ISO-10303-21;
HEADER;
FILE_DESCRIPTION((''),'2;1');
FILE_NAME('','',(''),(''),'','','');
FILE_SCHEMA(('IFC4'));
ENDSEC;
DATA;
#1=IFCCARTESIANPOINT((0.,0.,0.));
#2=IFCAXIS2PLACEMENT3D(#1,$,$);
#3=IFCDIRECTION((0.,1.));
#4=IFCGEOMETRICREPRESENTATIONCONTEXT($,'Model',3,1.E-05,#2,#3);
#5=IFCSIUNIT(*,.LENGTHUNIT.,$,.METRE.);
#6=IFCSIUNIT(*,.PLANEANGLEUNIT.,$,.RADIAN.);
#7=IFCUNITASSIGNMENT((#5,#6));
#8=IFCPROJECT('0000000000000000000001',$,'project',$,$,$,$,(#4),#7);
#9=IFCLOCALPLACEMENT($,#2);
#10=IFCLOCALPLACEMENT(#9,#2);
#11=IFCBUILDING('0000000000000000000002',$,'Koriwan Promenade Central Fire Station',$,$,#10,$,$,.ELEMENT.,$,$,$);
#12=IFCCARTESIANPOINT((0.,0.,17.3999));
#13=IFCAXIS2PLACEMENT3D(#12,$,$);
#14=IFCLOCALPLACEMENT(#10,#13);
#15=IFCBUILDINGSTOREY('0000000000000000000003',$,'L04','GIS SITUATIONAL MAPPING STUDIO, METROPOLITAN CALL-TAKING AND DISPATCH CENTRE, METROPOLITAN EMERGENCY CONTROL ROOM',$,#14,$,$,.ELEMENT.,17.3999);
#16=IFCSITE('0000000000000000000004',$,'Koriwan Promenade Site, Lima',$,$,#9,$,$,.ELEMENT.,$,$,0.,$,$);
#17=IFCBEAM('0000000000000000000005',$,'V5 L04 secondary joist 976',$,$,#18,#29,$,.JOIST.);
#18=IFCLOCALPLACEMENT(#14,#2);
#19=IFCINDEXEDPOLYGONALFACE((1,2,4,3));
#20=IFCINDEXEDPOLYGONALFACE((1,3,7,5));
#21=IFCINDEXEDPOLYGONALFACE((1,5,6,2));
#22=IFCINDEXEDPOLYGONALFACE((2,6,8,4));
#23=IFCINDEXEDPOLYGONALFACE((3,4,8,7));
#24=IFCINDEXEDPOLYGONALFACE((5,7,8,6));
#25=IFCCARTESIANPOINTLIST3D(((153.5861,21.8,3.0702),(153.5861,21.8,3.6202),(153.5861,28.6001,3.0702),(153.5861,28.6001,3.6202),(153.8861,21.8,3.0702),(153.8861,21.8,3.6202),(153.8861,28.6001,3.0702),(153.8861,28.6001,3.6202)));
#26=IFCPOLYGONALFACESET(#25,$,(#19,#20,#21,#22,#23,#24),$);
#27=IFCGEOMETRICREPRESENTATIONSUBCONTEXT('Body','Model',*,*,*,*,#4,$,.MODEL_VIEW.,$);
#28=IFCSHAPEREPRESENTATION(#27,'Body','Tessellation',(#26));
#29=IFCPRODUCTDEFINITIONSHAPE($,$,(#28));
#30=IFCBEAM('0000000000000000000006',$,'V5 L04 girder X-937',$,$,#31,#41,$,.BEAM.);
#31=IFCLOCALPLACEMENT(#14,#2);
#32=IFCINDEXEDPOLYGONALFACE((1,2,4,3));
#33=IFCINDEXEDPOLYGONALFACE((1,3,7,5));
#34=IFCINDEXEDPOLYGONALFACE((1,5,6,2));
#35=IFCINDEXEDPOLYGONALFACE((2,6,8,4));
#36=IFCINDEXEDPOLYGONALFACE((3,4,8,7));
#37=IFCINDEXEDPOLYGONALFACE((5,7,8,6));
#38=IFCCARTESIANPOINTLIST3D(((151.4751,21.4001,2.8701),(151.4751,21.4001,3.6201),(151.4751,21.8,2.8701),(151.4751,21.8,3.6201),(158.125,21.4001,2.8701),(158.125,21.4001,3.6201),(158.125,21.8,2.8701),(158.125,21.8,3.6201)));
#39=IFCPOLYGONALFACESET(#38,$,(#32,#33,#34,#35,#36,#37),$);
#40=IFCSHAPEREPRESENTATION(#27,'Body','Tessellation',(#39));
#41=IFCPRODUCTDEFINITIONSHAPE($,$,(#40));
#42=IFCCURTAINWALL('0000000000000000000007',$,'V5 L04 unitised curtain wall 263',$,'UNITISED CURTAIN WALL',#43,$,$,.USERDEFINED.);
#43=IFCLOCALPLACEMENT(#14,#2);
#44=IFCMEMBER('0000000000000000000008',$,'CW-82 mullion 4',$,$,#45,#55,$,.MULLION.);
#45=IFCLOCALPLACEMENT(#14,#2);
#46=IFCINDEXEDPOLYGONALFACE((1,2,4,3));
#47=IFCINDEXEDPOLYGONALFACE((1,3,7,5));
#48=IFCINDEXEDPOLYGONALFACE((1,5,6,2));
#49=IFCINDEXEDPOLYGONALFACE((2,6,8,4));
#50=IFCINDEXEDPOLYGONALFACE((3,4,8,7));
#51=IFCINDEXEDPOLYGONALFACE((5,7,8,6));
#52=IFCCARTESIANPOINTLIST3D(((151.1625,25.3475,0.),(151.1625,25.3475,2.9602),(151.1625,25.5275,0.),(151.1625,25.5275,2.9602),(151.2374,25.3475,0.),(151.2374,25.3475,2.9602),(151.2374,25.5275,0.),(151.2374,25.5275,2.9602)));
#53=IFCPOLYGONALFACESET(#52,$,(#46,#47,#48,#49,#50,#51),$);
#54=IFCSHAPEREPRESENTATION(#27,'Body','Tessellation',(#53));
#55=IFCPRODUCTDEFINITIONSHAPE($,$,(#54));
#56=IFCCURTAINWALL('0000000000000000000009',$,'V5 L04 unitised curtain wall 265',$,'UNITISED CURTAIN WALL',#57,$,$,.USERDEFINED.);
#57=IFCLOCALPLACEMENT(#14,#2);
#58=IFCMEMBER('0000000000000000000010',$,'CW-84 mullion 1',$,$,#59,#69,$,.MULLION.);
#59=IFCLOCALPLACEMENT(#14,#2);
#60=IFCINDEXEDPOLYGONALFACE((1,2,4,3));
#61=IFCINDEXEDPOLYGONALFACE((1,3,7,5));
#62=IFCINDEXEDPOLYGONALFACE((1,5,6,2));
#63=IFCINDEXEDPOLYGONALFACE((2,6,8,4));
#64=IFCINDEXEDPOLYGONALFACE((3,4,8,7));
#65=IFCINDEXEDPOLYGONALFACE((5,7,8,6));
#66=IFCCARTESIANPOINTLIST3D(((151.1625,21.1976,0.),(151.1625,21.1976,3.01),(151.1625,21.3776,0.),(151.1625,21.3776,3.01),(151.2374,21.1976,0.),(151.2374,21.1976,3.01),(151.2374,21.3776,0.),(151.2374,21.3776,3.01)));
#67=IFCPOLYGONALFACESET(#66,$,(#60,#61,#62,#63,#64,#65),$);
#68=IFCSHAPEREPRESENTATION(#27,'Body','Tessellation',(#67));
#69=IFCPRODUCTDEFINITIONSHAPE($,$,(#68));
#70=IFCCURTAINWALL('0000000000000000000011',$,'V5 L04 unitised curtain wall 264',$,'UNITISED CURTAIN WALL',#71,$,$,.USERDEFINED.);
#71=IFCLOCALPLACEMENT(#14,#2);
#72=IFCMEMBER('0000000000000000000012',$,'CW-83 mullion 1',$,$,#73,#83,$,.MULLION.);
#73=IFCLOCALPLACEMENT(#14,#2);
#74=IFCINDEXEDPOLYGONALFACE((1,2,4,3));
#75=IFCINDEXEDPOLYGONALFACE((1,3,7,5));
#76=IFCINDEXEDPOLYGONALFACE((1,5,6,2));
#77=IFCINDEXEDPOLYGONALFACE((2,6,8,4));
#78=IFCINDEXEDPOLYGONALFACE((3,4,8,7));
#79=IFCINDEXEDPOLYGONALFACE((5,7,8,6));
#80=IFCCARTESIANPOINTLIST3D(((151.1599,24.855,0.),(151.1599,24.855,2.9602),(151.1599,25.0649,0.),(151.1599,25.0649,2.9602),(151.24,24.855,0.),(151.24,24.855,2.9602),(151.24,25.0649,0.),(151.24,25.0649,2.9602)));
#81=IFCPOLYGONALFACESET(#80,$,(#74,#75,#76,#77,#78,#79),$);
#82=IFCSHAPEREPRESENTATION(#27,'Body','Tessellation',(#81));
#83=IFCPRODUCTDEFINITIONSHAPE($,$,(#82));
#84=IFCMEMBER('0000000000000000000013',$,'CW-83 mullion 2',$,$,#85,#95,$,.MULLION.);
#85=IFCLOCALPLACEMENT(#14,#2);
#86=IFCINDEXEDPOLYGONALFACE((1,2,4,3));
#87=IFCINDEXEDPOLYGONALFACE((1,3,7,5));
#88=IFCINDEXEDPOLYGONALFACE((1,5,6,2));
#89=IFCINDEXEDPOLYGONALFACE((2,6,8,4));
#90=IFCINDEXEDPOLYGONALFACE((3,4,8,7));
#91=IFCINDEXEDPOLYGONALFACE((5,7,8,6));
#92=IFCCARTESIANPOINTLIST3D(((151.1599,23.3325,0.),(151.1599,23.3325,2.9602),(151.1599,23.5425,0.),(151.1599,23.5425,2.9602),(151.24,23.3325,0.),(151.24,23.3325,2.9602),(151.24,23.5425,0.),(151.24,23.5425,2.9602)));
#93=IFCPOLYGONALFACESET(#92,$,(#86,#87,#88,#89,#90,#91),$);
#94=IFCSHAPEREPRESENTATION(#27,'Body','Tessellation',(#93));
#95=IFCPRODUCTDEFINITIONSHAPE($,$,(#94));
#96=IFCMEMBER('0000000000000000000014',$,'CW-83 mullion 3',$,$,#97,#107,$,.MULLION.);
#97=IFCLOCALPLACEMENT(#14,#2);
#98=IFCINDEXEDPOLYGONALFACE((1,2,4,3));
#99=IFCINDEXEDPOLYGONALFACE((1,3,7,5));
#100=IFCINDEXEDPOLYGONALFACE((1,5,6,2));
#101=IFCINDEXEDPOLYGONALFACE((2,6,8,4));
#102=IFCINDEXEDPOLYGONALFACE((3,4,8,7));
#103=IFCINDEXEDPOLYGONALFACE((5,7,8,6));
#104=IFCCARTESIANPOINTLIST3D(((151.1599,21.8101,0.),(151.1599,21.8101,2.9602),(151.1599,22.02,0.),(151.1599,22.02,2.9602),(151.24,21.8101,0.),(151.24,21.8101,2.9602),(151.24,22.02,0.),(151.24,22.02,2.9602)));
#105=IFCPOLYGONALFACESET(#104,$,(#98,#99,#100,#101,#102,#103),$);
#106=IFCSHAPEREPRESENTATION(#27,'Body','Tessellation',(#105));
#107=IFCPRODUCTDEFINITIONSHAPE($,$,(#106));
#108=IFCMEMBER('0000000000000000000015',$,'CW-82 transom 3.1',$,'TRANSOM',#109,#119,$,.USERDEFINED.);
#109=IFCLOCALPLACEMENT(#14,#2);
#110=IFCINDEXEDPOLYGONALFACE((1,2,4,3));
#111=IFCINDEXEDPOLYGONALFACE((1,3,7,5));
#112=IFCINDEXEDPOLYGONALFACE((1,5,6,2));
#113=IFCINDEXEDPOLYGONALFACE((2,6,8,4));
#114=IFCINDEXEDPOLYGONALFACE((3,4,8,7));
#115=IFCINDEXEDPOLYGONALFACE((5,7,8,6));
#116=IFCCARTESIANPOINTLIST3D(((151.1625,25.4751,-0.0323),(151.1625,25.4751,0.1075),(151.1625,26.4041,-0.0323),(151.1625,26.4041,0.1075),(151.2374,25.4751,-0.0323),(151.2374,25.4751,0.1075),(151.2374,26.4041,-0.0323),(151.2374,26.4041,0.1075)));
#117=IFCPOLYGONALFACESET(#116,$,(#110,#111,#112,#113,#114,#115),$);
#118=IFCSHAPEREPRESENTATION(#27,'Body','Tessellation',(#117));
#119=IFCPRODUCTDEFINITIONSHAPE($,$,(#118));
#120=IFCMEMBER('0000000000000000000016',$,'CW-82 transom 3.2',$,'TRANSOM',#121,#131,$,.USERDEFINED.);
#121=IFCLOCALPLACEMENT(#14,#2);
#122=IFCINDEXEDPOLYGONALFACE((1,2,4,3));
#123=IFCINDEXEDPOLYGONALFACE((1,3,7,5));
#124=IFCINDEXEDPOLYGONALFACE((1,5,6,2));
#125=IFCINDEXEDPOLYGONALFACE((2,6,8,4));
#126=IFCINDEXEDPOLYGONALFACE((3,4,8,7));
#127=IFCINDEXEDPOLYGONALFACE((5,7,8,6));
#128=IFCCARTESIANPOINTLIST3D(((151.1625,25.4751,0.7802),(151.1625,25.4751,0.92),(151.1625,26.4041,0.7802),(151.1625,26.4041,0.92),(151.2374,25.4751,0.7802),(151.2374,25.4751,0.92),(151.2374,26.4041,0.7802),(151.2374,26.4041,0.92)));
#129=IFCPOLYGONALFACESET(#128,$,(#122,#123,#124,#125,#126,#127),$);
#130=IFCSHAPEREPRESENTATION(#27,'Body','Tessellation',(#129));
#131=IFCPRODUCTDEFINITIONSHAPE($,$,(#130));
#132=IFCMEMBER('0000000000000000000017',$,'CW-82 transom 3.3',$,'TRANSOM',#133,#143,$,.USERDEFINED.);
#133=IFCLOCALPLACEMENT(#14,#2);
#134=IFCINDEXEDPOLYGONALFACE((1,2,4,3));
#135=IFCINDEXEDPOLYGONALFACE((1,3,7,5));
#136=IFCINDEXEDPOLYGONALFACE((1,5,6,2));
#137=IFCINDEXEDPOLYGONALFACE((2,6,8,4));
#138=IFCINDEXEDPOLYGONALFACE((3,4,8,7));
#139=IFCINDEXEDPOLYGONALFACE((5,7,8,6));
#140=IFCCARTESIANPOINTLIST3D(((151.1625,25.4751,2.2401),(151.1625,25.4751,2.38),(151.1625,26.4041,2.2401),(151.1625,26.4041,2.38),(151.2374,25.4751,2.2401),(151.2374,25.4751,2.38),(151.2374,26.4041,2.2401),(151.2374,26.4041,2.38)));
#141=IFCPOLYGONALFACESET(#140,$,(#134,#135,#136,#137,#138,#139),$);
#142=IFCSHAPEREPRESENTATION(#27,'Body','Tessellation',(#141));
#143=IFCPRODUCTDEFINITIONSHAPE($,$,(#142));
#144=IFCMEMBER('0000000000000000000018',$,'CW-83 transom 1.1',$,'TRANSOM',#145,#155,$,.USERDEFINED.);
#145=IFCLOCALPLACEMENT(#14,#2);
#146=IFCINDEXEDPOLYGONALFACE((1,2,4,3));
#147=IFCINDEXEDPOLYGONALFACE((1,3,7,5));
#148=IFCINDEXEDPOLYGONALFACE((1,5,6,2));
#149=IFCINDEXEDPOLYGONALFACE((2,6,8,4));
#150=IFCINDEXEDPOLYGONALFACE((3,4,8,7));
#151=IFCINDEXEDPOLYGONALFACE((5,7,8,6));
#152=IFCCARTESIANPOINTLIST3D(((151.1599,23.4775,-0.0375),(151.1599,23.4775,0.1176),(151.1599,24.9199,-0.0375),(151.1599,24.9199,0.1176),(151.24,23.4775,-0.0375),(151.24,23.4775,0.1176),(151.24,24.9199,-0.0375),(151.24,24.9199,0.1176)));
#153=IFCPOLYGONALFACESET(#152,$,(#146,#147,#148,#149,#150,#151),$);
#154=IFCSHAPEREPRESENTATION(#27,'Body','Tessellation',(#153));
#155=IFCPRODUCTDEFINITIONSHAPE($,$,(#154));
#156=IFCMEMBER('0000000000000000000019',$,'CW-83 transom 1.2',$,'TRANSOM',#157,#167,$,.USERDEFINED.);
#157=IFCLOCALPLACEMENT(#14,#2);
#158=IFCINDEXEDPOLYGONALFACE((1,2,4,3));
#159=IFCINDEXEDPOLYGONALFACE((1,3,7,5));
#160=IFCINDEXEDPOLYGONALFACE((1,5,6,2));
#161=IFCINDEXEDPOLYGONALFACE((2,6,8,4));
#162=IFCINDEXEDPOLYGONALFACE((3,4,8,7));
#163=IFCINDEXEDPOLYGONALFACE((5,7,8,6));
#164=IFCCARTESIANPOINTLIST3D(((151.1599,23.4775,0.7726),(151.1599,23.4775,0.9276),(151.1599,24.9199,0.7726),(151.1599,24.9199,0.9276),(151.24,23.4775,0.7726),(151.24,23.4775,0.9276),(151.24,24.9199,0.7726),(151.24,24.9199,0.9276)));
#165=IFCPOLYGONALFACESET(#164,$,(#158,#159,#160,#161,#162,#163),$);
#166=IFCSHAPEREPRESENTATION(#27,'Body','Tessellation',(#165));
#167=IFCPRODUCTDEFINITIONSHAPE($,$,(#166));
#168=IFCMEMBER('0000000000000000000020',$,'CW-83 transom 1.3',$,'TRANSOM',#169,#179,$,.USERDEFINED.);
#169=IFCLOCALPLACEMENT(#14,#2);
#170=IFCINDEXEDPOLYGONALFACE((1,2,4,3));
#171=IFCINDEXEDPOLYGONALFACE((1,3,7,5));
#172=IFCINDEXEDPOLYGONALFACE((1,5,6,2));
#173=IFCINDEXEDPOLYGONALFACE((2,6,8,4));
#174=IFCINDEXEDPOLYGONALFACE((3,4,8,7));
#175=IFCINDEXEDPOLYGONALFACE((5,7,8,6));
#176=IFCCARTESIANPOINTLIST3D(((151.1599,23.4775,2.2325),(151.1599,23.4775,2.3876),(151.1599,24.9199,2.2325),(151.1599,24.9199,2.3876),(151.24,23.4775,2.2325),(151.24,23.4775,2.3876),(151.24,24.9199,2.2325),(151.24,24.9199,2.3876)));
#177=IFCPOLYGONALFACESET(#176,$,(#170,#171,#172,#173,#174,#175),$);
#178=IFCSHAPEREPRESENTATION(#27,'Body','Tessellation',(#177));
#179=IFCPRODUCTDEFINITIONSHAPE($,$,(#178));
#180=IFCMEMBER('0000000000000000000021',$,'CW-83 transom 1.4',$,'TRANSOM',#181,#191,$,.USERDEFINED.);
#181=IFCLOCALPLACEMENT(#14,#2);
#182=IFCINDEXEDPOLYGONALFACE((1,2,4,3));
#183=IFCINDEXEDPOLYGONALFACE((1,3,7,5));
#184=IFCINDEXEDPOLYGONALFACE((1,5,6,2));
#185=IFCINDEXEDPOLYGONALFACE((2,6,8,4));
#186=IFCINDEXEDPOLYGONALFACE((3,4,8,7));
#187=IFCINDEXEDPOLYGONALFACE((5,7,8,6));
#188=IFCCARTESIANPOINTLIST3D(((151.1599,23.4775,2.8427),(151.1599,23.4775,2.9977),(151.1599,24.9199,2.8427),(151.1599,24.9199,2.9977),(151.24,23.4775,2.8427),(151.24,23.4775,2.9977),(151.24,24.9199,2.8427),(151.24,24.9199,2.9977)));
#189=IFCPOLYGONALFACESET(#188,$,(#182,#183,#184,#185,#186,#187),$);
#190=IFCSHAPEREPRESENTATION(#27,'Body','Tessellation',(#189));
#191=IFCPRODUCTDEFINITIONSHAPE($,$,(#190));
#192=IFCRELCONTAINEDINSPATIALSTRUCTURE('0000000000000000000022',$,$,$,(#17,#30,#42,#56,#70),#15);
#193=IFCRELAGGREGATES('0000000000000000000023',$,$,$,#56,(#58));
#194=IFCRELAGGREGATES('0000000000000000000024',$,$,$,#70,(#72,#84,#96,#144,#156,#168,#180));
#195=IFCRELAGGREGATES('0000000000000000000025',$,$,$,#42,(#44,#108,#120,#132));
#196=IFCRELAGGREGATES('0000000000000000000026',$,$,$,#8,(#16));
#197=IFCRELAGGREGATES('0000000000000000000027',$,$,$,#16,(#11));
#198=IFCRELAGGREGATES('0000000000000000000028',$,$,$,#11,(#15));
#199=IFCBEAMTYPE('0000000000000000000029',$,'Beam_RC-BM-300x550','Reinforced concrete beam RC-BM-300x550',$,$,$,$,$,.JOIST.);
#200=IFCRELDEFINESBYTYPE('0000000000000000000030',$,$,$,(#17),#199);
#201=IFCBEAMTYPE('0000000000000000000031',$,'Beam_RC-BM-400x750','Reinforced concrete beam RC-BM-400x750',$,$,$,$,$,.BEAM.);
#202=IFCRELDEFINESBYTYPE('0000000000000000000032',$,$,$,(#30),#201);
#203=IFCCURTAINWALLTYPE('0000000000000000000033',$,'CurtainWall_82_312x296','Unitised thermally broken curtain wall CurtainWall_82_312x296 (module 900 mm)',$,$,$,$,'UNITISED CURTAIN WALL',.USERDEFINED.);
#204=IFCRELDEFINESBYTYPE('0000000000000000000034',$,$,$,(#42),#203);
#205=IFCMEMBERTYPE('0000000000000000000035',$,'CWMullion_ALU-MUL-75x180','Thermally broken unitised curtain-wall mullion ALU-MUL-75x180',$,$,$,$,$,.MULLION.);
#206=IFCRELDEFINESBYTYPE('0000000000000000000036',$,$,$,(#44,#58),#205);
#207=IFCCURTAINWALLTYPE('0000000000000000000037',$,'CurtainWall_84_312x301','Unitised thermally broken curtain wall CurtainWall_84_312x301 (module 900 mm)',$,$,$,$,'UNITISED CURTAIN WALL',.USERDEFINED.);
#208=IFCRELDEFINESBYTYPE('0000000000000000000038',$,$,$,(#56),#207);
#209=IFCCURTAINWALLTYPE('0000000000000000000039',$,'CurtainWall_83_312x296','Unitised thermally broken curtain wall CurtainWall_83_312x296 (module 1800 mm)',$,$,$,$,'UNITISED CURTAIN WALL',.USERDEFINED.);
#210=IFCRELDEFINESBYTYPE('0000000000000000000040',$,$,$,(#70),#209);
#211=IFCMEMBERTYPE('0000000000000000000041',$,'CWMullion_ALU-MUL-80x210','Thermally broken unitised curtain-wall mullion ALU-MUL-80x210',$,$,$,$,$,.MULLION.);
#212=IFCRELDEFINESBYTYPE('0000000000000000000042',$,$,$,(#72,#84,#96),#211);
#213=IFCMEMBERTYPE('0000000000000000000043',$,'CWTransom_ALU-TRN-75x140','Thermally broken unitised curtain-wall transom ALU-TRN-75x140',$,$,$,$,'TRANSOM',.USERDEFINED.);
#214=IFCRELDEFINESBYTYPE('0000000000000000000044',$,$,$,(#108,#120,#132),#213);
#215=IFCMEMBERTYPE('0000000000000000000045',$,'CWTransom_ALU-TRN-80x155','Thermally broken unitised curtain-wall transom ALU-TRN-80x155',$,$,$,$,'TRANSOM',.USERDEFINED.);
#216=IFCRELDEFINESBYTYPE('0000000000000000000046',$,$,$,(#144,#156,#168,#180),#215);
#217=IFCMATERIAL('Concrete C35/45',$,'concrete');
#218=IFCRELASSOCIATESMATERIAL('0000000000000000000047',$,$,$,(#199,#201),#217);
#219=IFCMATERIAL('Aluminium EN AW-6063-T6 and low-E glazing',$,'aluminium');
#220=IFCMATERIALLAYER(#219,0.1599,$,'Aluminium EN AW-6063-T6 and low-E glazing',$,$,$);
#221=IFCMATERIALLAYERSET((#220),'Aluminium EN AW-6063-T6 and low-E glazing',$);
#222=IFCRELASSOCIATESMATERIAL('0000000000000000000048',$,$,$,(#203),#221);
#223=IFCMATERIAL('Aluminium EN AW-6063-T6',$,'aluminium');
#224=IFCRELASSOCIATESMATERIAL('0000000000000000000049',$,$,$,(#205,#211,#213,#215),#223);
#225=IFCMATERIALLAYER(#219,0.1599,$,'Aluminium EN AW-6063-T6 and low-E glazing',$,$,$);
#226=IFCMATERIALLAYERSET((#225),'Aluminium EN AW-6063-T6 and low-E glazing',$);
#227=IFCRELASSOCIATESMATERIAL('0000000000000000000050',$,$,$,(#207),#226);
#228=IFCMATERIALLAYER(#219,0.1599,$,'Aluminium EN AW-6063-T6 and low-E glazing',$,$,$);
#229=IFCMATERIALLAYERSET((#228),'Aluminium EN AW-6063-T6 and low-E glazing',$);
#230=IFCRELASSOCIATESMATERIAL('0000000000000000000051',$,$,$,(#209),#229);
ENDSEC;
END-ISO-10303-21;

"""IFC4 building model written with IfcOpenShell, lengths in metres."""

from ifc_helpers import new_model, si_unit, direction, frame, origin, origin_2d, place, context, subcontext, project, spatial, rectangle, extrude, material, layer, layer_set, material_profile, profile_set, type_object, element, aggregate, save


model = new_model("IFC4")

# Units and contexts
model_context = context("Model", 3, precision=1e-05, world=origin(), true_north=direction((0.0, 1.0)))
body_context = subcontext(model_context, "Body", "Model", "MODEL_VIEW")
ifc_project = project(units=[si_unit("LENGTHUNIT", "METRE"), si_unit("PLANEANGLEUNIT", "RADIAN")], contexts=[model_context])

# Site, building, storey
site_placement = place(None, origin())
site = spatial("IfcSite", under=ifc_project, at=site_placement, Name="Koriwan Promenade Site, Lima", CompositionType="ELEMENT", RefElevation=0.0)
building_placement = place(site_placement, origin())
building = spatial("IfcBuilding", under=site, at=building_placement, Name="Koriwan Promenade Central Fire Station", CompositionType="ELEMENT")
storey_placement = place(building_placement, frame((0.0, 0.0, 17.3999)))
storey = spatial("IfcBuildingStorey", under=building, at=storey_placement, Name="L04", Description="GIS SITUATIONAL MAPPING STUDIO, METROPOLITAN CALL-TAKING AND DISPATCH CENTRE, METROPOLITAN EMERGENCY CONTROL ROOM", CompositionType="ELEMENT", Elevation=17.3999)

# Beams
ifc_material_1 = material(Name="Concrete C35/45", Category="concrete")
ifc_material_profile_1 = material_profile(ifc_material_1, rectangle(XDim=0.3, YDim=0.55, at=origin_2d()), Name="RC-BM-300x550")
ifc_profile_set_1 = profile_set([ifc_material_profile_1], Name="Concrete C35/45")
beam_type_1 = type_object("IfcBeamType", Name="Beam_RC-BM-300x550", Description="Reinforced concrete beam RC-BM-300x550", PredefinedType="JOIST", material=ifc_profile_set_1)
beam_1_placement = place(storey_placement, frame((153.7361, 21.8, 3.3452), z_axis=(0.0, 1.0, 0.0), x_axis=(-1.0, 0.0, 0.0)))
element("IfcBeam", 1, at=beam_1_placement, inside=storey, type_object=beam_type_1, Name="V5 L04 secondary joist 976", PredefinedType="JOIST", context=body_context, shape_type="SweptSolid", body=[
    extrude(rectangle(XDim=0.3, YDim=0.55, at=origin_2d()), origin(), (0.0, 0.0, 1.0), 6.8),
])
ifc_material_profile_2 = material_profile(ifc_material_1, rectangle(XDim=0.3999, YDim=0.75, at=origin_2d()), Name="RC-BM-400x750")
ifc_profile_set_2 = profile_set([ifc_material_profile_2], Name="Concrete C35/45")
beam_type_2 = type_object("IfcBeamType", Name="Beam_RC-BM-400x750", Description="Reinforced concrete beam RC-BM-400x750", PredefinedType="BEAM", material=ifc_profile_set_2)
beam_2_placement = place(storey_placement, frame((151.4751, 21.6001, 3.2451), z_axis=(1.0, 0.0, 0.0), x_axis=(0.0, 1.0, 0.0)))
element("IfcBeam", 2, at=beam_2_placement, inside=storey, type_object=beam_type_2, Name="V5 L04 girder X-937", PredefinedType="BEAM", context=body_context, shape_type="SweptSolid", body=[
    extrude(rectangle(XDim=0.3999, YDim=0.75, at=origin_2d()), origin(), (0.0, 0.0, 1.0), 6.6499),
])

# Curtain walls, members
ifc_material_2 = material(Name="Aluminium EN AW-6063-T6 and low-E glazing", Category="aluminium")
ifc_layer_1 = layer(ifc_material_2, 0.1599, Name="Aluminium EN AW-6063-T6 and low-E glazing")
ifc_layer_set_1 = layer_set([ifc_layer_1], Name="Aluminium EN AW-6063-T6 and low-E glazing")
curtain_wall_type_1 = type_object("IfcCurtainWallType", Name="CurtainWall_82_312x296", Description="Unitised thermally broken curtain wall CurtainWall_82_312x296 (module 900 mm)", ElementType="UNITISED CURTAIN WALL", PredefinedType="USERDEFINED", material=ifc_layer_set_1)
curtain_wall_1_placement = place(storey_placement, origin())
curtain_wall_1 = element("IfcCurtainWall", 3, at=curtain_wall_1_placement, inside=storey, type_object=curtain_wall_type_1, Name="V5 L04 unitised curtain wall 263", ObjectType="UNITISED CURTAIN WALL", PredefinedType="USERDEFINED")
ifc_material_3 = material(Name="Aluminium EN AW-6063-T6", Category="aluminium")
ifc_material_profile_3 = material_profile(ifc_material_3, rectangle(XDim=0.075, YDim=0.1799, at=origin_2d()), Name="ALU-MUL-75x180")
ifc_profile_set_3 = profile_set([ifc_material_profile_3], Name="Aluminium EN AW-6063-T6")
member_type_1 = type_object("IfcMemberType", Name="CWMullion_ALU-MUL-75x180", Description="Thermally broken unitised curtain-wall mullion ALU-MUL-75x180", PredefinedType="MULLION", material=ifc_profile_set_3)
member_1_placement = place(storey_placement, frame((151.2, 25.4375, 0.0), z_axis=(0.0, 0.0, 1.0), x_axis=(1.0, 0.0, 0.0)))
member_1 = element("IfcMember", 4, at=member_1_placement, type_object=member_type_1, Name="CW-82 mullion 4", PredefinedType="MULLION", context=body_context, shape_type="SweptSolid", body=[
    extrude(rectangle(XDim=0.075, YDim=0.1799, at=origin_2d()), origin(), (0.0, 0.0, 1.0), 2.9602),
])
ifc_layer_2 = layer(ifc_material_2, 0.1599, Name="Aluminium EN AW-6063-T6 and low-E glazing")
ifc_layer_set_2 = layer_set([ifc_layer_2], Name="Aluminium EN AW-6063-T6 and low-E glazing")
curtain_wall_type_2 = type_object("IfcCurtainWallType", Name="CurtainWall_84_312x301", Description="Unitised thermally broken curtain wall CurtainWall_84_312x301 (module 900 mm)", ElementType="UNITISED CURTAIN WALL", PredefinedType="USERDEFINED", material=ifc_layer_set_2)
curtain_wall_2_placement = place(storey_placement, origin())
curtain_wall_2 = element("IfcCurtainWall", 5, at=curtain_wall_2_placement, inside=storey, type_object=curtain_wall_type_2, Name="V5 L04 unitised curtain wall 265", ObjectType="UNITISED CURTAIN WALL", PredefinedType="USERDEFINED")
member_2_placement = place(storey_placement, frame((151.2, 21.2876, 0.0), z_axis=(0.0, 0.0, 1.0), x_axis=(1.0, 0.0, 0.0)))
member_2 = element("IfcMember", 6, at=member_2_placement, type_object=member_type_1, Name="CW-84 mullion 1", PredefinedType="MULLION", context=body_context, shape_type="SweptSolid", body=[
    extrude(rectangle(XDim=0.075, YDim=0.1799, at=origin_2d()), origin(), (0.0, 0.0, 1.0), 3.01),
])
aggregate(curtain_wall_2, [member_2])

# Curtain wall, members
ifc_layer_3 = layer(ifc_material_2, 0.1599, Name="Aluminium EN AW-6063-T6 and low-E glazing")
ifc_layer_set_3 = layer_set([ifc_layer_3], Name="Aluminium EN AW-6063-T6 and low-E glazing")
curtain_wall_type_3 = type_object("IfcCurtainWallType", Name="CurtainWall_83_312x296", Description="Unitised thermally broken curtain wall CurtainWall_83_312x296 (module 1800 mm)", ElementType="UNITISED CURTAIN WALL", PredefinedType="USERDEFINED", material=ifc_layer_set_3)
curtain_wall_3_placement = place(storey_placement, origin())
curtain_wall_3 = element("IfcCurtainWall", 7, at=curtain_wall_3_placement, inside=storey, type_object=curtain_wall_type_3, Name="V5 L04 unitised curtain wall 264", ObjectType="UNITISED CURTAIN WALL", PredefinedType="USERDEFINED")
ifc_material_profile_4 = material_profile(ifc_material_3, rectangle(XDim=0.0801, YDim=0.21, at=origin_2d()), Name="ALU-MUL-80x210")
ifc_profile_set_4 = profile_set([ifc_material_profile_4], Name="Aluminium EN AW-6063-T6")
member_type_2 = type_object("IfcMemberType", Name="CWMullion_ALU-MUL-80x210", Description="Thermally broken unitised curtain-wall mullion ALU-MUL-80x210", PredefinedType="MULLION", material=ifc_profile_set_4)
member_3_placement = place(storey_placement, frame((151.2, 24.96, 0.0), z_axis=(0.0, 0.0, 1.0), x_axis=(1.0, 0.0, 0.0)))
member_3 = element("IfcMember", 8, at=member_3_placement, type_object=member_type_2, Name="CW-83 mullion 1", PredefinedType="MULLION", context=body_context, shape_type="SweptSolid", body=[
    extrude(rectangle(XDim=0.0801, YDim=0.21, at=origin_2d()), origin(), (0.0, 0.0, 1.0), 2.9602),
])
member_4_placement = place(storey_placement, frame((151.2, 23.4375, 0.0), z_axis=(0.0, 0.0, 1.0), x_axis=(1.0, 0.0, 0.0)))
member_4 = element("IfcMember", 9, at=member_4_placement, type_object=member_type_2, Name="CW-83 mullion 2", PredefinedType="MULLION", context=body_context, shape_type="SweptSolid", body=[
    extrude(rectangle(XDim=0.0801, YDim=0.21, at=origin_2d()), origin(), (0.0, 0.0, 1.0), 2.9602),
])
member_5_placement = place(storey_placement, frame((151.2, 21.915, 0.0), z_axis=(0.0, 0.0, 1.0), x_axis=(1.0, 0.0, 0.0)))
member_5 = element("IfcMember", 10, at=member_5_placement, type_object=member_type_2, Name="CW-83 mullion 3", PredefinedType="MULLION", context=body_context, shape_type="SweptSolid", body=[
    extrude(rectangle(XDim=0.0801, YDim=0.21, at=origin_2d()), origin(), (0.0, 0.0, 1.0), 2.9602),
])

# Members
ifc_material_profile_5 = material_profile(ifc_material_3, rectangle(XDim=0.075, YDim=0.1399, at=origin_2d()), Name="ALU-TRN-75x140")
ifc_profile_set_5 = profile_set([ifc_material_profile_5], Name="Aluminium EN AW-6063-T6")
member_type_3 = type_object("IfcMemberType", Name="CWTransom_ALU-TRN-75x140", Description="Thermally broken unitised curtain-wall transom ALU-TRN-75x140", ElementType="TRANSOM", PredefinedType="USERDEFINED", material=ifc_profile_set_5)
member_6_placement = place(storey_placement, frame((151.2, 26.4041, 0.0376), z_axis=(0.0, -1.0, 0.0), x_axis=(1.0, 0.0, 0.0)))
member_6 = element("IfcMember", 11, at=member_6_placement, type_object=member_type_3, Name="CW-82 transom 3.1", ObjectType="TRANSOM", PredefinedType="USERDEFINED", context=body_context, shape_type="SweptSolid", body=[
    extrude(rectangle(XDim=0.075, YDim=0.1399, at=origin_2d()), origin(), (0.0, 0.0, 1.0), 0.929),
])
member_7_placement = place(storey_placement, frame((151.2, 26.4041, 0.8501), z_axis=(0.0, -1.0, 0.0), x_axis=(1.0, 0.0, 0.0)))
member_7 = element("IfcMember", 12, at=member_7_placement, type_object=member_type_3, Name="CW-82 transom 3.2", ObjectType="TRANSOM", PredefinedType="USERDEFINED", context=body_context, shape_type="SweptSolid", body=[
    extrude(rectangle(XDim=0.075, YDim=0.1399, at=origin_2d()), origin(), (0.0, 0.0, 1.0), 0.929),
])
member_8_placement = place(storey_placement, frame((151.2, 26.4041, 2.3101), z_axis=(0.0, -1.0, 0.0), x_axis=(1.0, 0.0, 0.0)))
member_8 = element("IfcMember", 13, at=member_8_placement, type_object=member_type_3, Name="CW-82 transom 3.3", ObjectType="TRANSOM", PredefinedType="USERDEFINED", context=body_context, shape_type="SweptSolid", body=[
    extrude(rectangle(XDim=0.075, YDim=0.1399, at=origin_2d()), origin(), (0.0, 0.0, 1.0), 0.929),
])
ifc_material_profile_6 = material_profile(ifc_material_3, rectangle(XDim=0.0801, YDim=0.155, at=origin_2d()), Name="ALU-TRN-80x155")
ifc_profile_set_6 = profile_set([ifc_material_profile_6], Name="Aluminium EN AW-6063-T6")
member_type_4 = type_object("IfcMemberType", Name="CWTransom_ALU-TRN-80x155", Description="Thermally broken unitised curtain-wall transom ALU-TRN-80x155", ElementType="TRANSOM", PredefinedType="USERDEFINED", material=ifc_profile_set_6)
member_9_placement = place(storey_placement, frame((151.2, 24.9199, 0.04), z_axis=(0.0, -1.0, 0.0), x_axis=(1.0, 0.0, 0.0)))
member_9 = element("IfcMember", 14, at=member_9_placement, type_object=member_type_4, Name="CW-83 transom 1.1", ObjectType="TRANSOM", PredefinedType="USERDEFINED", context=body_context, shape_type="SweptSolid", body=[
    extrude(rectangle(XDim=0.0801, YDim=0.155, at=origin_2d()), origin(), (0.0, 0.0, 1.0), 1.4424),
])
member_10_placement = place(storey_placement, frame((151.2, 24.9199, 0.8501), z_axis=(0.0, -1.0, 0.0), x_axis=(1.0, 0.0, 0.0)))
member_10 = element("IfcMember", 15, at=member_10_placement, type_object=member_type_4, Name="CW-83 transom 1.2", ObjectType="TRANSOM", PredefinedType="USERDEFINED", context=body_context, shape_type="SweptSolid", body=[
    extrude(rectangle(XDim=0.0801, YDim=0.155, at=origin_2d()), origin(), (0.0, 0.0, 1.0), 1.4424),
])
member_11_placement = place(storey_placement, frame((151.2, 24.9199, 2.3101), z_axis=(0.0, -1.0, 0.0), x_axis=(1.0, 0.0, 0.0)))
member_11 = element("IfcMember", 16, at=member_11_placement, type_object=member_type_4, Name="CW-83 transom 1.3", ObjectType="TRANSOM", PredefinedType="USERDEFINED", context=body_context, shape_type="SweptSolid", body=[
    extrude(rectangle(XDim=0.0801, YDim=0.155, at=origin_2d()), origin(), (0.0, 0.0, 1.0), 1.4424),
])
member_12_placement = place(storey_placement, frame((151.2, 24.9199, 2.9202), z_axis=(0.0, -1.0, 0.0), x_axis=(1.0, 0.0, 0.0)))
member_12 = element("IfcMember", 17, at=member_12_placement, type_object=member_type_4, Name="CW-83 transom 1.4", ObjectType="TRANSOM", PredefinedType="USERDEFINED", context=body_context, shape_type="SweptSolid", body=[
    extrude(rectangle(XDim=0.0801, YDim=0.155, at=origin_2d()), origin(), (0.0, 0.0, 1.0), 1.4424),
])

aggregate(curtain_wall_3, [member_3, member_4, member_5, member_9, member_10, member_11, member_12])
aggregate(curtain_wall_1, [member_1, member_6, member_7, member_8])

save(model, "model.ifc")
